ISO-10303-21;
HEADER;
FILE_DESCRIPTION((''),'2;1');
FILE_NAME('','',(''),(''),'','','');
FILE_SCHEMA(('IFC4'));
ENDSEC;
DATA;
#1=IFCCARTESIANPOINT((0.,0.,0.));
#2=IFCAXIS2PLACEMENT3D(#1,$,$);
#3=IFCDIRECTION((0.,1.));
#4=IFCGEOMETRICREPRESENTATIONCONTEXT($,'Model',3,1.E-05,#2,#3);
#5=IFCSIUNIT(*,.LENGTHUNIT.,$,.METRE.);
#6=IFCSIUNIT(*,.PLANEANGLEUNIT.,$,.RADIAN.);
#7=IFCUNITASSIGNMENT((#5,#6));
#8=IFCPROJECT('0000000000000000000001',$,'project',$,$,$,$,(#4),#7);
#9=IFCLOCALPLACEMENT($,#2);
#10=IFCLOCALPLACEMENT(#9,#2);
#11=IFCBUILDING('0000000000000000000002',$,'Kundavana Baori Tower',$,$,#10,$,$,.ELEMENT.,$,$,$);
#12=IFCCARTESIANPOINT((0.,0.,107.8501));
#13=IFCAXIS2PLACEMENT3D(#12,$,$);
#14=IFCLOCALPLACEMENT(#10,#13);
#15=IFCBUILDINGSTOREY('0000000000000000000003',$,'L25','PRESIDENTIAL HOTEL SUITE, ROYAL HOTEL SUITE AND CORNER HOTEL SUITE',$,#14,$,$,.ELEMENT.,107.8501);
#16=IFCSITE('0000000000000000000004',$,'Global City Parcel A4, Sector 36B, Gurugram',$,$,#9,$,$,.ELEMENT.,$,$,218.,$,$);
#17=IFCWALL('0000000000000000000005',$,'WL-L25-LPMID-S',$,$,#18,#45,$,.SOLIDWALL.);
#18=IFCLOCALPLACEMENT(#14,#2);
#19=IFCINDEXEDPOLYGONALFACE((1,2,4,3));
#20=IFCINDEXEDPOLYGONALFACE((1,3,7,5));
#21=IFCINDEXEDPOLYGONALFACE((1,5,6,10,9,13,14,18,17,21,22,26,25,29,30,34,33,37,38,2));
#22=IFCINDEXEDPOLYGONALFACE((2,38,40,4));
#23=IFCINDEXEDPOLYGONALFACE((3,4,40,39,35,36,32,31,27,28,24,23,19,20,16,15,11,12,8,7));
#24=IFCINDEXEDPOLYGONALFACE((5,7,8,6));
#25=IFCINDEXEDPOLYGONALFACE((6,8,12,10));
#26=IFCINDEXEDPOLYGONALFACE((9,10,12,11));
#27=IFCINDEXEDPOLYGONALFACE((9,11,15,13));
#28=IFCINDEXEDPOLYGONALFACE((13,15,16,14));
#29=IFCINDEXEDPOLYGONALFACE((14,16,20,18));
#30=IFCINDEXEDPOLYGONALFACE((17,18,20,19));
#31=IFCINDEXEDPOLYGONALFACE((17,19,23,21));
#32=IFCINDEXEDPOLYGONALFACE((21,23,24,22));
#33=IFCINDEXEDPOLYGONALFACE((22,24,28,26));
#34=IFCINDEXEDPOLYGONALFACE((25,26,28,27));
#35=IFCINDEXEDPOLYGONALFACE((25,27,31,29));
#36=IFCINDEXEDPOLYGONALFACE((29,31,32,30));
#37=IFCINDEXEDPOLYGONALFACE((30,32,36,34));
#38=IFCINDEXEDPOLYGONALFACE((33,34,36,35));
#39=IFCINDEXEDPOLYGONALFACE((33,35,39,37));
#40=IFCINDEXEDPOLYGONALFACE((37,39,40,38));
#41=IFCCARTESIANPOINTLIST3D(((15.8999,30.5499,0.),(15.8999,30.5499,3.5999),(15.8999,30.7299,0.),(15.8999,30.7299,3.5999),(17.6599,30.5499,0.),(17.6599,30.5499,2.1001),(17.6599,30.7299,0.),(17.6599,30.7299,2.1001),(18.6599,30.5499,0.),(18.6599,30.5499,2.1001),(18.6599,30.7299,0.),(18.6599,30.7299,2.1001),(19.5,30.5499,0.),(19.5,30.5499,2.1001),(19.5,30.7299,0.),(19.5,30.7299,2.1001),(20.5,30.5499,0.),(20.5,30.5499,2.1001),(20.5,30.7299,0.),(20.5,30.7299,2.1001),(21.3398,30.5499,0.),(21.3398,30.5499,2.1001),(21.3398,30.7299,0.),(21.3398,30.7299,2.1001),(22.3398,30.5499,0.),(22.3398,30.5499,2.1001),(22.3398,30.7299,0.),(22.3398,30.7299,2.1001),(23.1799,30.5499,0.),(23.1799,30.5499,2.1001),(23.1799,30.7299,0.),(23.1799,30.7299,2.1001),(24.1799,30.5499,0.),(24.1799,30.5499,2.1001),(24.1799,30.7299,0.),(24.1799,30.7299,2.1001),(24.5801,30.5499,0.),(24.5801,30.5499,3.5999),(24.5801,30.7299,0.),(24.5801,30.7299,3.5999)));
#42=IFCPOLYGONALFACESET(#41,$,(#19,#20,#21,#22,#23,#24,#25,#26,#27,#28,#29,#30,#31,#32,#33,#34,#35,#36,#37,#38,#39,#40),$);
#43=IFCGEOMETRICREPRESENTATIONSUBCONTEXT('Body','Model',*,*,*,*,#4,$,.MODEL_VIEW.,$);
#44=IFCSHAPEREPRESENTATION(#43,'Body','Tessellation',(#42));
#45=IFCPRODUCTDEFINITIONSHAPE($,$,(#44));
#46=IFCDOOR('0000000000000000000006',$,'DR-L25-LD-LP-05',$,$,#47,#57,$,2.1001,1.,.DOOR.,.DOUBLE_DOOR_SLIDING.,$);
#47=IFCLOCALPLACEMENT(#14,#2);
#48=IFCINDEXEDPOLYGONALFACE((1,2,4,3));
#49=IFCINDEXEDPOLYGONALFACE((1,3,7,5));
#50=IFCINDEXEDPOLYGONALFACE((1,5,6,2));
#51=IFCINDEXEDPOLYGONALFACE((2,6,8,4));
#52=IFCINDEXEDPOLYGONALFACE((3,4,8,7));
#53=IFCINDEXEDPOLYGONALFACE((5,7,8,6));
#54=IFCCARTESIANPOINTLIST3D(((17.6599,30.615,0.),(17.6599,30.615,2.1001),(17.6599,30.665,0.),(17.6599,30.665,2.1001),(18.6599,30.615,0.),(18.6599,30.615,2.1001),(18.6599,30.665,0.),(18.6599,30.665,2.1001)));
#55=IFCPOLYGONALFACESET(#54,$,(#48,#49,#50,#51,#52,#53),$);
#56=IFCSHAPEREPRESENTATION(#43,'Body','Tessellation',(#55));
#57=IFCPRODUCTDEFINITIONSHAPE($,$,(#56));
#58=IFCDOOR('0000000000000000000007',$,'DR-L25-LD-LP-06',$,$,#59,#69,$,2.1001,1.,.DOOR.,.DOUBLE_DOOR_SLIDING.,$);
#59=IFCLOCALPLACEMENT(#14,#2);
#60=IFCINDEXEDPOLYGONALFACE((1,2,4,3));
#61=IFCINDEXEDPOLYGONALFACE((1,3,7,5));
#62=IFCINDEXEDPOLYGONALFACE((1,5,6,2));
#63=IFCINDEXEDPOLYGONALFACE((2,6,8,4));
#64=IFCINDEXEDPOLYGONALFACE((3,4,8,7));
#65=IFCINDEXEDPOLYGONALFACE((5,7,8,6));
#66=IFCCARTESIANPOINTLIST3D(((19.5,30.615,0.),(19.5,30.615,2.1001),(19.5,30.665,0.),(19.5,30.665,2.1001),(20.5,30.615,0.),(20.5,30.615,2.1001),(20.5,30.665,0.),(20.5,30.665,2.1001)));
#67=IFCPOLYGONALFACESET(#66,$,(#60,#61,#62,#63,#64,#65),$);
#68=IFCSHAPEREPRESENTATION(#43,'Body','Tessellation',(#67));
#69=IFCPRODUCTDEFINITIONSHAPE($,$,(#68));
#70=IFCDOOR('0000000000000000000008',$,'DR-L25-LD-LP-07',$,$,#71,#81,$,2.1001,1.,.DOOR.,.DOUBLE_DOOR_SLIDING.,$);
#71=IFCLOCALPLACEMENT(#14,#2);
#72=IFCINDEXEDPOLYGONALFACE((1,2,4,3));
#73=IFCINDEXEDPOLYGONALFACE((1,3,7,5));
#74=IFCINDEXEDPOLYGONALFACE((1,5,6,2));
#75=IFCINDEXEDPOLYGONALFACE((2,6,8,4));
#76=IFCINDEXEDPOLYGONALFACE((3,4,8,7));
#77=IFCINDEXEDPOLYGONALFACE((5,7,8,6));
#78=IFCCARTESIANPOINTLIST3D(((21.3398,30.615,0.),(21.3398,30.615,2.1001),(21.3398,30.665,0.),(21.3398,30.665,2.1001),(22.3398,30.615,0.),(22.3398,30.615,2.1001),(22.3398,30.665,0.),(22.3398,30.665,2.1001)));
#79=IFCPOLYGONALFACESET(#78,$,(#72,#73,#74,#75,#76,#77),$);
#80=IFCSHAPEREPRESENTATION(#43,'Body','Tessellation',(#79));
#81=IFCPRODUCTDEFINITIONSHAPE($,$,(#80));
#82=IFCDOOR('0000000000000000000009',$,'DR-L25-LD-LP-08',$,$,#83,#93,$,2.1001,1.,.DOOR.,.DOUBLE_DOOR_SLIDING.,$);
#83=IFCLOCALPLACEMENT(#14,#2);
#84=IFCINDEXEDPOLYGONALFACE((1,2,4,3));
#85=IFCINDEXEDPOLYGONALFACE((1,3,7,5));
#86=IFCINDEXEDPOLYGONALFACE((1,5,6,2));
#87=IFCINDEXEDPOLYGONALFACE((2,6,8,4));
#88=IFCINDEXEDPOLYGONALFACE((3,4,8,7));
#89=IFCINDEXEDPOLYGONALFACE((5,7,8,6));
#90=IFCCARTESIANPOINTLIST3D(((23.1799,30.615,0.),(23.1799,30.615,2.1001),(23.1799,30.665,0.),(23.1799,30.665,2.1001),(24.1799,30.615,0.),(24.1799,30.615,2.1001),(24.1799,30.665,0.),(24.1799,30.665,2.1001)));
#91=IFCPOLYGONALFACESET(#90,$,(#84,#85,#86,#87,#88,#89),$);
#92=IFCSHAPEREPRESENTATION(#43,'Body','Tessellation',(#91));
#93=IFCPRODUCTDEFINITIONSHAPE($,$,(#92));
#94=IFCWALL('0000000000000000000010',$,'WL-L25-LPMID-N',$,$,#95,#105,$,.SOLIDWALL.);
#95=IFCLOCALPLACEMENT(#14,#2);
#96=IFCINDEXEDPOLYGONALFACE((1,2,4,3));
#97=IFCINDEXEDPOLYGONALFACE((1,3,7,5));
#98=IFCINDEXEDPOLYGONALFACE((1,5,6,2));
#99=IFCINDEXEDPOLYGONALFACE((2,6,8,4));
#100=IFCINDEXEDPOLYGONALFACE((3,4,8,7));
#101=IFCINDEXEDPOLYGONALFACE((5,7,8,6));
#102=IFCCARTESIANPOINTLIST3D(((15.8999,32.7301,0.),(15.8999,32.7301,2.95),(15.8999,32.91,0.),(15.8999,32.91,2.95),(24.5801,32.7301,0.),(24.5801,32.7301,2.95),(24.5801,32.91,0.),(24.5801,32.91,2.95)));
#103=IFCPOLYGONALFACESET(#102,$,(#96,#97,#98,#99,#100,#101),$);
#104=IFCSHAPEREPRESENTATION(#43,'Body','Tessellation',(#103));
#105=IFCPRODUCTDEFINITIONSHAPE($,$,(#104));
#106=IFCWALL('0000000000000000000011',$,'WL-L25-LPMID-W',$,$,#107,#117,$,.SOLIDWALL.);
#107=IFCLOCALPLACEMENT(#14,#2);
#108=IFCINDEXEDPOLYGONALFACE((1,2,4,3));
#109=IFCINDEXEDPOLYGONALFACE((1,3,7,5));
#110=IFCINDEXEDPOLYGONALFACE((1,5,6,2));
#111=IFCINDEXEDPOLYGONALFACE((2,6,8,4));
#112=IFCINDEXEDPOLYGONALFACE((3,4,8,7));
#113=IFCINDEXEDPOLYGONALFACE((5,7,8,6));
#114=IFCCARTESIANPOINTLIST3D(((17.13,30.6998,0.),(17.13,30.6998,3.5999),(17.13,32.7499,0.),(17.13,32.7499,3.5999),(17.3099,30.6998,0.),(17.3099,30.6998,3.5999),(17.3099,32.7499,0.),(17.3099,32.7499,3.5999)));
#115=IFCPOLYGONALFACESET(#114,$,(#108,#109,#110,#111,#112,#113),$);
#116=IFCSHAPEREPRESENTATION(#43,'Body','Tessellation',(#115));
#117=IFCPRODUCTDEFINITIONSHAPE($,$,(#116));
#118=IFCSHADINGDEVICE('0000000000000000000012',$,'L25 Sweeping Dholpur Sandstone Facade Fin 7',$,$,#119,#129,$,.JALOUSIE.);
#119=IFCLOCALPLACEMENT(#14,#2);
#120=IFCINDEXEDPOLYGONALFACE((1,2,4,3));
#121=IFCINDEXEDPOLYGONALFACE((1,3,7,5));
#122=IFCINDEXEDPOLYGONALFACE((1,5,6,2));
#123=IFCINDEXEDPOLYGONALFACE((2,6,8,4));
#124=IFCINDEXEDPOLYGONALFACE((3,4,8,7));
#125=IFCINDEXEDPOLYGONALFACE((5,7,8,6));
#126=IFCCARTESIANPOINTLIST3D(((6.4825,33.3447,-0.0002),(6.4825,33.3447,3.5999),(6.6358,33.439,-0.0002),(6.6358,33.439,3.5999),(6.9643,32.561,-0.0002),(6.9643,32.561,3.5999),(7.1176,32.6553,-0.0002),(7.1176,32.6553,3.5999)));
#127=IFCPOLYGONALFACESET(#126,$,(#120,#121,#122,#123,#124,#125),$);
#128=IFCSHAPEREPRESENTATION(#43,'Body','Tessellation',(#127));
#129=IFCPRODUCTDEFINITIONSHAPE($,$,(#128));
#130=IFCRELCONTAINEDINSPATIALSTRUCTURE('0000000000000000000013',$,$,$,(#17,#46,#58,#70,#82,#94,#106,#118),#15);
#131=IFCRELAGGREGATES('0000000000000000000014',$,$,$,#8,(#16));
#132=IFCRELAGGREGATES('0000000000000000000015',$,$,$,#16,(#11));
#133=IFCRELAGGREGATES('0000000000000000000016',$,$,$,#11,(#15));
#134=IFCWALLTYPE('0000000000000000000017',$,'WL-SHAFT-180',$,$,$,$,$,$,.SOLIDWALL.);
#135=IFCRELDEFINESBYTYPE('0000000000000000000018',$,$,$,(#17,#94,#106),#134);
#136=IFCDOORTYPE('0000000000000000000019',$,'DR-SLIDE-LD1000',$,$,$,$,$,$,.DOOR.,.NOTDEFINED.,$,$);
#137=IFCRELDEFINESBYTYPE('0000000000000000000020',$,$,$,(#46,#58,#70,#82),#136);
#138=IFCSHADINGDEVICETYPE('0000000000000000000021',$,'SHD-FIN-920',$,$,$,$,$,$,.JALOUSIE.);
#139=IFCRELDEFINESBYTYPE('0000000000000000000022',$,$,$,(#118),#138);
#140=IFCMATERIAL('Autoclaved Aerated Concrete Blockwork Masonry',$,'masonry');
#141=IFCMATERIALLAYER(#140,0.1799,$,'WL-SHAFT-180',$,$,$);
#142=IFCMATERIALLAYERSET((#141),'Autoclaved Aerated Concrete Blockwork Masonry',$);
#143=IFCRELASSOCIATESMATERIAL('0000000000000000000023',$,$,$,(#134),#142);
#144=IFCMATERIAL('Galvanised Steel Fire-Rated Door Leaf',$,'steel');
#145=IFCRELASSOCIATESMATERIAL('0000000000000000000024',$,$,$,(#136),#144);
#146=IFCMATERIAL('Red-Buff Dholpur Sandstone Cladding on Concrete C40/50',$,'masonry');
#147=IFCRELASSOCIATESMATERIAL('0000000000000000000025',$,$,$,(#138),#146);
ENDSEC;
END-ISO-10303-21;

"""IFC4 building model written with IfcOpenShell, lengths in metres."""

from ifc_helpers import new_model, si_unit, direction, frame, frame_2d, origin, origin_2d, place, context, subcontext, project, spatial, rectangle, extrude, material, layer, layer_set, type_object, element, fill, save


model = new_model("IFC4")

# Units and contexts
model_context = context("Model", 3, precision=1e-05, world=origin(), true_north=direction((0.0, 1.0)))
body_context = subcontext(model_context, "Body", "Model", "MODEL_VIEW")
ifc_project = project(units=[si_unit("LENGTHUNIT", "METRE"), si_unit("PLANEANGLEUNIT", "RADIAN")], contexts=[model_context])

# Site, building, storey
site_placement = place(None, origin())
site = spatial("IfcSite", under=ifc_project, at=site_placement, Name="Global City Parcel A4, Sector 36B, Gurugram", CompositionType="ELEMENT", RefElevation=218.0)
building_placement = place(site_placement, origin())
building = spatial("IfcBuilding", under=site, at=building_placement, Name="Kundavana Baori Tower", CompositionType="ELEMENT")
storey_placement = place(building_placement, frame((0.0, 0.0, 107.8501)))
storey = spatial("IfcBuildingStorey", under=building, at=storey_placement, Name="L25", Description="PRESIDENTIAL HOTEL SUITE, ROYAL HOTEL SUITE AND CORNER HOTEL SUITE", CompositionType="ELEMENT", Elevation=107.8501)

# Shared definitions
ifc_material_1 = material(Name="Autoclaved Aerated Concrete Blockwork Masonry", Category="masonry")
ifc_layer_1 = layer(ifc_material_1, 0.1799, Name="WL-SHAFT-180")
ifc_layer_set_1 = layer_set([ifc_layer_1], Name="Autoclaved Aerated Concrete Blockwork Masonry")
wall_type_1 = type_object("IfcWallType", Name="WL-SHAFT-180", PredefinedType="SOLIDWALL", material=ifc_layer_set_1)

# Wall, openings, doors
wall_1_placement = place(storey_placement, frame((15.8999, 30.6399, 0.0), z_axis=(0.0, 0.0, 1.0), x_axis=(1.0, 0.0, 0.0)))
wall_1 = element("IfcWall", 1, at=wall_1_placement, inside=storey, type_object=wall_type_1, Name="WL-L25-LPMID-S", PredefinedType="SOLIDWALL", context=body_context, shape_type="SweptSolid", body=[
    extrude(rectangle(XDim=8.6802, YDim=0.1799, at=frame_2d((4.3401, 0.0))), origin(), (0.0, 0.0, 1.0), 3.5999),
])
opening_1_placement = place(wall_1_placement, frame((1.76, 0.0, 0.0)))
opening_1 = element("IfcOpeningElement", 2, at=opening_1_placement, cuts=wall_1, PredefinedType="OPENING", context=body_context, shape_type="SweptSolid", body=[
    extrude(rectangle(XDim=1.0, YDim=2.1001, at=frame_2d((0.5, 1.05))), frame((0.0, 0.1001, 0.0), z_axis=(0.0, -1.0, 0.0), x_axis=(1.0, 0.0, 0.0)), (0.0, 0.0, 1.0), 0.2),
])
opening_2_placement = place(wall_1_placement, frame((3.6001, 0.0, 0.0)))
opening_2 = element("IfcOpeningElement", 3, at=opening_2_placement, cuts=wall_1, PredefinedType="OPENING", context=body_context, shape_type="SweptSolid", body=[
    extrude(rectangle(XDim=1.0, YDim=2.1001, at=frame_2d((0.5, 1.05))), frame((0.0, 0.1001, 0.0), z_axis=(0.0, -1.0, 0.0), x_axis=(1.0, 0.0, 0.0)), (0.0, 0.0, 1.0), 0.2),
])
opening_3_placement = place(wall_1_placement, frame((5.4399, 0.0, 0.0)))
opening_3 = element("IfcOpeningElement", 4, at=opening_3_placement, cuts=wall_1, PredefinedType="OPENING", context=body_context, shape_type="SweptSolid", body=[
    extrude(rectangle(XDim=1.0, YDim=2.1001, at=frame_2d((0.5, 1.05))), frame((0.0, 0.1001, 0.0), z_axis=(0.0, -1.0, 0.0), x_axis=(1.0, 0.0, 0.0)), (0.0, 0.0, 1.0), 0.2),
])
opening_4_placement = place(wall_1_placement, frame((7.28, 0.0, 0.0)))
opening_4 = element("IfcOpeningElement", 5, at=opening_4_placement, cuts=wall_1, PredefinedType="OPENING", context=body_context, shape_type="SweptSolid", body=[
    extrude(rectangle(XDim=1.0, YDim=2.1001, at=frame_2d((0.5, 1.05))), frame((0.0, 0.1001, 0.0), z_axis=(0.0, -1.0, 0.0), x_axis=(1.0, 0.0, 0.0)), (0.0, 0.0, 1.0), 0.2),
])
ifc_material_2 = material(Name="Galvanised Steel Fire-Rated Door Leaf", Category="steel")
door_type_1 = type_object("IfcDoorType", Name="DR-SLIDE-LD1000", OperationType="NOTDEFINED", PredefinedType="DOOR", material=ifc_material_2)
door_1_placement = place(opening_1_placement, frame((1.0, 0.0, 0.0), z_axis=(0.0, 0.0, 1.0), x_axis=(-1.0, 0.0, 0.0)))
door_1 = element("IfcDoor", 6, at=door_1_placement, inside=storey, type_object=door_type_1, Name="DR-L25-LD-LP-05", OperationType="DOUBLE_DOOR_SLIDING", OverallHeight=2.1001, OverallWidth=1.0, PredefinedType="DOOR", context=body_context, shape_type="SweptSolid", body=[
    extrude(rectangle(XDim=1.0, YDim=2.1001, at=frame_2d((0.5, 1.05))), frame((0.0, 0.0249, 0.0), z_axis=(0.0, -1.0, 0.0), x_axis=(1.0, 0.0, 0.0)), (0.0, 0.0, 1.0), 0.05),
])
fill(opening_1, door_1)
door_2_placement = place(opening_2_placement, frame((1.0, 0.0, 0.0), z_axis=(0.0, 0.0, 1.0), x_axis=(-1.0, 0.0, 0.0)))
door_2 = element("IfcDoor", 7, at=door_2_placement, inside=storey, type_object=door_type_1, Name="DR-L25-LD-LP-06", OperationType="DOUBLE_DOOR_SLIDING", OverallHeight=2.1001, OverallWidth=1.0, PredefinedType="DOOR", context=body_context, shape_type="SweptSolid", body=[
    extrude(rectangle(XDim=1.0, YDim=2.1001, at=frame_2d((0.5, 1.05))), frame((0.0, 0.0249, 0.0), z_axis=(0.0, -1.0, 0.0), x_axis=(1.0, 0.0, 0.0)), (0.0, 0.0, 1.0), 0.05),
])
fill(opening_2, door_2)
door_3_placement = place(opening_3_placement, frame((1.0, 0.0, 0.0), z_axis=(0.0, 0.0, 1.0), x_axis=(-1.0, 0.0, 0.0)))
door_3 = element("IfcDoor", 8, at=door_3_placement, inside=storey, type_object=door_type_1, Name="DR-L25-LD-LP-07", OperationType="DOUBLE_DOOR_SLIDING", OverallHeight=2.1001, OverallWidth=1.0, PredefinedType="DOOR", context=body_context, shape_type="SweptSolid", body=[
    extrude(rectangle(XDim=1.0, YDim=2.1001, at=frame_2d((0.5, 1.05))), frame((0.0, 0.0249, 0.0), z_axis=(0.0, -1.0, 0.0), x_axis=(1.0, 0.0, 0.0)), (0.0, 0.0, 1.0), 0.05),
])
fill(opening_3, door_3)
door_4_placement = place(opening_4_placement, frame((1.0, 0.0, 0.0), z_axis=(0.0, 0.0, 1.0), x_axis=(-1.0, 0.0, 0.0)))
door_4 = element("IfcDoor", 9, at=door_4_placement, inside=storey, type_object=door_type_1, Name="DR-L25-LD-LP-08", OperationType="DOUBLE_DOOR_SLIDING", OverallHeight=2.1001, OverallWidth=1.0, PredefinedType="DOOR", context=body_context, shape_type="SweptSolid", body=[
    extrude(rectangle(XDim=1.0, YDim=2.1001, at=frame_2d((0.5, 1.05))), frame((0.0, 0.0249, 0.0), z_axis=(0.0, -1.0, 0.0), x_axis=(1.0, 0.0, 0.0)), (0.0, 0.0, 1.0), 0.05),
])
fill(opening_4, door_4)

# Walls
wall_2_placement = place(storey_placement, frame((15.8999, 32.8201, 0.0), z_axis=(0.0, 0.0, 1.0), x_axis=(1.0, 0.0, 0.0)))
element("IfcWall", 10, at=wall_2_placement, inside=storey, type_object=wall_type_1, Name="WL-L25-LPMID-N", PredefinedType="SOLIDWALL", context=body_context, shape_type="SweptSolid", body=[
    extrude(rectangle(XDim=8.6802, YDim=0.1799, at=frame_2d((4.3401, 0.0))), origin(), (0.0, 0.0, 1.0), 2.95),
])
wall_3_placement = place(storey_placement, frame((17.22, 30.7, 0.0), z_axis=(0.0, 0.0, 1.0), x_axis=(0.0, 1.0, 0.0)))
element("IfcWall", 11, at=wall_3_placement, inside=storey, type_object=wall_type_1, Name="WL-L25-LPMID-W", PredefinedType="SOLIDWALL", context=body_context, shape_type="SweptSolid", body=[
    extrude(rectangle(XDim=2.05, YDim=0.1799, at=frame_2d((1.0249, 0.0))), origin(), (0.0, 0.0, 1.0), 3.5999),
])

# Shading device
ifc_material_3 = material(Name="Red-Buff Dholpur Sandstone Cladding on Concrete C40/50", Category="masonry")
shading_device_type = type_object("IfcShadingDeviceType", Name="SHD-FIN-920", PredefinedType="JALOUSIE", material=ifc_material_3)
shading_device_placement = place(storey_placement, frame((6.8, 33.0, -0.0002), z_axis=(0.0, 0.0, 1.0), x_axis=(0.85191, 0.523689, 0.0)))
element("IfcShadingDevice", 12, at=shading_device_placement, inside=storey, type_object=shading_device_type, Name="L25 Sweeping Dholpur Sandstone Facade Fin 7", PredefinedType="JALOUSIE", context=body_context, shape_type="SweptSolid", body=[
    extrude(rectangle(XDim=0.1799, YDim=0.9199, at=origin_2d()), origin(), (0.0, 0.0, 1.0), 3.6001),
])

save(model, "model.ifc")
